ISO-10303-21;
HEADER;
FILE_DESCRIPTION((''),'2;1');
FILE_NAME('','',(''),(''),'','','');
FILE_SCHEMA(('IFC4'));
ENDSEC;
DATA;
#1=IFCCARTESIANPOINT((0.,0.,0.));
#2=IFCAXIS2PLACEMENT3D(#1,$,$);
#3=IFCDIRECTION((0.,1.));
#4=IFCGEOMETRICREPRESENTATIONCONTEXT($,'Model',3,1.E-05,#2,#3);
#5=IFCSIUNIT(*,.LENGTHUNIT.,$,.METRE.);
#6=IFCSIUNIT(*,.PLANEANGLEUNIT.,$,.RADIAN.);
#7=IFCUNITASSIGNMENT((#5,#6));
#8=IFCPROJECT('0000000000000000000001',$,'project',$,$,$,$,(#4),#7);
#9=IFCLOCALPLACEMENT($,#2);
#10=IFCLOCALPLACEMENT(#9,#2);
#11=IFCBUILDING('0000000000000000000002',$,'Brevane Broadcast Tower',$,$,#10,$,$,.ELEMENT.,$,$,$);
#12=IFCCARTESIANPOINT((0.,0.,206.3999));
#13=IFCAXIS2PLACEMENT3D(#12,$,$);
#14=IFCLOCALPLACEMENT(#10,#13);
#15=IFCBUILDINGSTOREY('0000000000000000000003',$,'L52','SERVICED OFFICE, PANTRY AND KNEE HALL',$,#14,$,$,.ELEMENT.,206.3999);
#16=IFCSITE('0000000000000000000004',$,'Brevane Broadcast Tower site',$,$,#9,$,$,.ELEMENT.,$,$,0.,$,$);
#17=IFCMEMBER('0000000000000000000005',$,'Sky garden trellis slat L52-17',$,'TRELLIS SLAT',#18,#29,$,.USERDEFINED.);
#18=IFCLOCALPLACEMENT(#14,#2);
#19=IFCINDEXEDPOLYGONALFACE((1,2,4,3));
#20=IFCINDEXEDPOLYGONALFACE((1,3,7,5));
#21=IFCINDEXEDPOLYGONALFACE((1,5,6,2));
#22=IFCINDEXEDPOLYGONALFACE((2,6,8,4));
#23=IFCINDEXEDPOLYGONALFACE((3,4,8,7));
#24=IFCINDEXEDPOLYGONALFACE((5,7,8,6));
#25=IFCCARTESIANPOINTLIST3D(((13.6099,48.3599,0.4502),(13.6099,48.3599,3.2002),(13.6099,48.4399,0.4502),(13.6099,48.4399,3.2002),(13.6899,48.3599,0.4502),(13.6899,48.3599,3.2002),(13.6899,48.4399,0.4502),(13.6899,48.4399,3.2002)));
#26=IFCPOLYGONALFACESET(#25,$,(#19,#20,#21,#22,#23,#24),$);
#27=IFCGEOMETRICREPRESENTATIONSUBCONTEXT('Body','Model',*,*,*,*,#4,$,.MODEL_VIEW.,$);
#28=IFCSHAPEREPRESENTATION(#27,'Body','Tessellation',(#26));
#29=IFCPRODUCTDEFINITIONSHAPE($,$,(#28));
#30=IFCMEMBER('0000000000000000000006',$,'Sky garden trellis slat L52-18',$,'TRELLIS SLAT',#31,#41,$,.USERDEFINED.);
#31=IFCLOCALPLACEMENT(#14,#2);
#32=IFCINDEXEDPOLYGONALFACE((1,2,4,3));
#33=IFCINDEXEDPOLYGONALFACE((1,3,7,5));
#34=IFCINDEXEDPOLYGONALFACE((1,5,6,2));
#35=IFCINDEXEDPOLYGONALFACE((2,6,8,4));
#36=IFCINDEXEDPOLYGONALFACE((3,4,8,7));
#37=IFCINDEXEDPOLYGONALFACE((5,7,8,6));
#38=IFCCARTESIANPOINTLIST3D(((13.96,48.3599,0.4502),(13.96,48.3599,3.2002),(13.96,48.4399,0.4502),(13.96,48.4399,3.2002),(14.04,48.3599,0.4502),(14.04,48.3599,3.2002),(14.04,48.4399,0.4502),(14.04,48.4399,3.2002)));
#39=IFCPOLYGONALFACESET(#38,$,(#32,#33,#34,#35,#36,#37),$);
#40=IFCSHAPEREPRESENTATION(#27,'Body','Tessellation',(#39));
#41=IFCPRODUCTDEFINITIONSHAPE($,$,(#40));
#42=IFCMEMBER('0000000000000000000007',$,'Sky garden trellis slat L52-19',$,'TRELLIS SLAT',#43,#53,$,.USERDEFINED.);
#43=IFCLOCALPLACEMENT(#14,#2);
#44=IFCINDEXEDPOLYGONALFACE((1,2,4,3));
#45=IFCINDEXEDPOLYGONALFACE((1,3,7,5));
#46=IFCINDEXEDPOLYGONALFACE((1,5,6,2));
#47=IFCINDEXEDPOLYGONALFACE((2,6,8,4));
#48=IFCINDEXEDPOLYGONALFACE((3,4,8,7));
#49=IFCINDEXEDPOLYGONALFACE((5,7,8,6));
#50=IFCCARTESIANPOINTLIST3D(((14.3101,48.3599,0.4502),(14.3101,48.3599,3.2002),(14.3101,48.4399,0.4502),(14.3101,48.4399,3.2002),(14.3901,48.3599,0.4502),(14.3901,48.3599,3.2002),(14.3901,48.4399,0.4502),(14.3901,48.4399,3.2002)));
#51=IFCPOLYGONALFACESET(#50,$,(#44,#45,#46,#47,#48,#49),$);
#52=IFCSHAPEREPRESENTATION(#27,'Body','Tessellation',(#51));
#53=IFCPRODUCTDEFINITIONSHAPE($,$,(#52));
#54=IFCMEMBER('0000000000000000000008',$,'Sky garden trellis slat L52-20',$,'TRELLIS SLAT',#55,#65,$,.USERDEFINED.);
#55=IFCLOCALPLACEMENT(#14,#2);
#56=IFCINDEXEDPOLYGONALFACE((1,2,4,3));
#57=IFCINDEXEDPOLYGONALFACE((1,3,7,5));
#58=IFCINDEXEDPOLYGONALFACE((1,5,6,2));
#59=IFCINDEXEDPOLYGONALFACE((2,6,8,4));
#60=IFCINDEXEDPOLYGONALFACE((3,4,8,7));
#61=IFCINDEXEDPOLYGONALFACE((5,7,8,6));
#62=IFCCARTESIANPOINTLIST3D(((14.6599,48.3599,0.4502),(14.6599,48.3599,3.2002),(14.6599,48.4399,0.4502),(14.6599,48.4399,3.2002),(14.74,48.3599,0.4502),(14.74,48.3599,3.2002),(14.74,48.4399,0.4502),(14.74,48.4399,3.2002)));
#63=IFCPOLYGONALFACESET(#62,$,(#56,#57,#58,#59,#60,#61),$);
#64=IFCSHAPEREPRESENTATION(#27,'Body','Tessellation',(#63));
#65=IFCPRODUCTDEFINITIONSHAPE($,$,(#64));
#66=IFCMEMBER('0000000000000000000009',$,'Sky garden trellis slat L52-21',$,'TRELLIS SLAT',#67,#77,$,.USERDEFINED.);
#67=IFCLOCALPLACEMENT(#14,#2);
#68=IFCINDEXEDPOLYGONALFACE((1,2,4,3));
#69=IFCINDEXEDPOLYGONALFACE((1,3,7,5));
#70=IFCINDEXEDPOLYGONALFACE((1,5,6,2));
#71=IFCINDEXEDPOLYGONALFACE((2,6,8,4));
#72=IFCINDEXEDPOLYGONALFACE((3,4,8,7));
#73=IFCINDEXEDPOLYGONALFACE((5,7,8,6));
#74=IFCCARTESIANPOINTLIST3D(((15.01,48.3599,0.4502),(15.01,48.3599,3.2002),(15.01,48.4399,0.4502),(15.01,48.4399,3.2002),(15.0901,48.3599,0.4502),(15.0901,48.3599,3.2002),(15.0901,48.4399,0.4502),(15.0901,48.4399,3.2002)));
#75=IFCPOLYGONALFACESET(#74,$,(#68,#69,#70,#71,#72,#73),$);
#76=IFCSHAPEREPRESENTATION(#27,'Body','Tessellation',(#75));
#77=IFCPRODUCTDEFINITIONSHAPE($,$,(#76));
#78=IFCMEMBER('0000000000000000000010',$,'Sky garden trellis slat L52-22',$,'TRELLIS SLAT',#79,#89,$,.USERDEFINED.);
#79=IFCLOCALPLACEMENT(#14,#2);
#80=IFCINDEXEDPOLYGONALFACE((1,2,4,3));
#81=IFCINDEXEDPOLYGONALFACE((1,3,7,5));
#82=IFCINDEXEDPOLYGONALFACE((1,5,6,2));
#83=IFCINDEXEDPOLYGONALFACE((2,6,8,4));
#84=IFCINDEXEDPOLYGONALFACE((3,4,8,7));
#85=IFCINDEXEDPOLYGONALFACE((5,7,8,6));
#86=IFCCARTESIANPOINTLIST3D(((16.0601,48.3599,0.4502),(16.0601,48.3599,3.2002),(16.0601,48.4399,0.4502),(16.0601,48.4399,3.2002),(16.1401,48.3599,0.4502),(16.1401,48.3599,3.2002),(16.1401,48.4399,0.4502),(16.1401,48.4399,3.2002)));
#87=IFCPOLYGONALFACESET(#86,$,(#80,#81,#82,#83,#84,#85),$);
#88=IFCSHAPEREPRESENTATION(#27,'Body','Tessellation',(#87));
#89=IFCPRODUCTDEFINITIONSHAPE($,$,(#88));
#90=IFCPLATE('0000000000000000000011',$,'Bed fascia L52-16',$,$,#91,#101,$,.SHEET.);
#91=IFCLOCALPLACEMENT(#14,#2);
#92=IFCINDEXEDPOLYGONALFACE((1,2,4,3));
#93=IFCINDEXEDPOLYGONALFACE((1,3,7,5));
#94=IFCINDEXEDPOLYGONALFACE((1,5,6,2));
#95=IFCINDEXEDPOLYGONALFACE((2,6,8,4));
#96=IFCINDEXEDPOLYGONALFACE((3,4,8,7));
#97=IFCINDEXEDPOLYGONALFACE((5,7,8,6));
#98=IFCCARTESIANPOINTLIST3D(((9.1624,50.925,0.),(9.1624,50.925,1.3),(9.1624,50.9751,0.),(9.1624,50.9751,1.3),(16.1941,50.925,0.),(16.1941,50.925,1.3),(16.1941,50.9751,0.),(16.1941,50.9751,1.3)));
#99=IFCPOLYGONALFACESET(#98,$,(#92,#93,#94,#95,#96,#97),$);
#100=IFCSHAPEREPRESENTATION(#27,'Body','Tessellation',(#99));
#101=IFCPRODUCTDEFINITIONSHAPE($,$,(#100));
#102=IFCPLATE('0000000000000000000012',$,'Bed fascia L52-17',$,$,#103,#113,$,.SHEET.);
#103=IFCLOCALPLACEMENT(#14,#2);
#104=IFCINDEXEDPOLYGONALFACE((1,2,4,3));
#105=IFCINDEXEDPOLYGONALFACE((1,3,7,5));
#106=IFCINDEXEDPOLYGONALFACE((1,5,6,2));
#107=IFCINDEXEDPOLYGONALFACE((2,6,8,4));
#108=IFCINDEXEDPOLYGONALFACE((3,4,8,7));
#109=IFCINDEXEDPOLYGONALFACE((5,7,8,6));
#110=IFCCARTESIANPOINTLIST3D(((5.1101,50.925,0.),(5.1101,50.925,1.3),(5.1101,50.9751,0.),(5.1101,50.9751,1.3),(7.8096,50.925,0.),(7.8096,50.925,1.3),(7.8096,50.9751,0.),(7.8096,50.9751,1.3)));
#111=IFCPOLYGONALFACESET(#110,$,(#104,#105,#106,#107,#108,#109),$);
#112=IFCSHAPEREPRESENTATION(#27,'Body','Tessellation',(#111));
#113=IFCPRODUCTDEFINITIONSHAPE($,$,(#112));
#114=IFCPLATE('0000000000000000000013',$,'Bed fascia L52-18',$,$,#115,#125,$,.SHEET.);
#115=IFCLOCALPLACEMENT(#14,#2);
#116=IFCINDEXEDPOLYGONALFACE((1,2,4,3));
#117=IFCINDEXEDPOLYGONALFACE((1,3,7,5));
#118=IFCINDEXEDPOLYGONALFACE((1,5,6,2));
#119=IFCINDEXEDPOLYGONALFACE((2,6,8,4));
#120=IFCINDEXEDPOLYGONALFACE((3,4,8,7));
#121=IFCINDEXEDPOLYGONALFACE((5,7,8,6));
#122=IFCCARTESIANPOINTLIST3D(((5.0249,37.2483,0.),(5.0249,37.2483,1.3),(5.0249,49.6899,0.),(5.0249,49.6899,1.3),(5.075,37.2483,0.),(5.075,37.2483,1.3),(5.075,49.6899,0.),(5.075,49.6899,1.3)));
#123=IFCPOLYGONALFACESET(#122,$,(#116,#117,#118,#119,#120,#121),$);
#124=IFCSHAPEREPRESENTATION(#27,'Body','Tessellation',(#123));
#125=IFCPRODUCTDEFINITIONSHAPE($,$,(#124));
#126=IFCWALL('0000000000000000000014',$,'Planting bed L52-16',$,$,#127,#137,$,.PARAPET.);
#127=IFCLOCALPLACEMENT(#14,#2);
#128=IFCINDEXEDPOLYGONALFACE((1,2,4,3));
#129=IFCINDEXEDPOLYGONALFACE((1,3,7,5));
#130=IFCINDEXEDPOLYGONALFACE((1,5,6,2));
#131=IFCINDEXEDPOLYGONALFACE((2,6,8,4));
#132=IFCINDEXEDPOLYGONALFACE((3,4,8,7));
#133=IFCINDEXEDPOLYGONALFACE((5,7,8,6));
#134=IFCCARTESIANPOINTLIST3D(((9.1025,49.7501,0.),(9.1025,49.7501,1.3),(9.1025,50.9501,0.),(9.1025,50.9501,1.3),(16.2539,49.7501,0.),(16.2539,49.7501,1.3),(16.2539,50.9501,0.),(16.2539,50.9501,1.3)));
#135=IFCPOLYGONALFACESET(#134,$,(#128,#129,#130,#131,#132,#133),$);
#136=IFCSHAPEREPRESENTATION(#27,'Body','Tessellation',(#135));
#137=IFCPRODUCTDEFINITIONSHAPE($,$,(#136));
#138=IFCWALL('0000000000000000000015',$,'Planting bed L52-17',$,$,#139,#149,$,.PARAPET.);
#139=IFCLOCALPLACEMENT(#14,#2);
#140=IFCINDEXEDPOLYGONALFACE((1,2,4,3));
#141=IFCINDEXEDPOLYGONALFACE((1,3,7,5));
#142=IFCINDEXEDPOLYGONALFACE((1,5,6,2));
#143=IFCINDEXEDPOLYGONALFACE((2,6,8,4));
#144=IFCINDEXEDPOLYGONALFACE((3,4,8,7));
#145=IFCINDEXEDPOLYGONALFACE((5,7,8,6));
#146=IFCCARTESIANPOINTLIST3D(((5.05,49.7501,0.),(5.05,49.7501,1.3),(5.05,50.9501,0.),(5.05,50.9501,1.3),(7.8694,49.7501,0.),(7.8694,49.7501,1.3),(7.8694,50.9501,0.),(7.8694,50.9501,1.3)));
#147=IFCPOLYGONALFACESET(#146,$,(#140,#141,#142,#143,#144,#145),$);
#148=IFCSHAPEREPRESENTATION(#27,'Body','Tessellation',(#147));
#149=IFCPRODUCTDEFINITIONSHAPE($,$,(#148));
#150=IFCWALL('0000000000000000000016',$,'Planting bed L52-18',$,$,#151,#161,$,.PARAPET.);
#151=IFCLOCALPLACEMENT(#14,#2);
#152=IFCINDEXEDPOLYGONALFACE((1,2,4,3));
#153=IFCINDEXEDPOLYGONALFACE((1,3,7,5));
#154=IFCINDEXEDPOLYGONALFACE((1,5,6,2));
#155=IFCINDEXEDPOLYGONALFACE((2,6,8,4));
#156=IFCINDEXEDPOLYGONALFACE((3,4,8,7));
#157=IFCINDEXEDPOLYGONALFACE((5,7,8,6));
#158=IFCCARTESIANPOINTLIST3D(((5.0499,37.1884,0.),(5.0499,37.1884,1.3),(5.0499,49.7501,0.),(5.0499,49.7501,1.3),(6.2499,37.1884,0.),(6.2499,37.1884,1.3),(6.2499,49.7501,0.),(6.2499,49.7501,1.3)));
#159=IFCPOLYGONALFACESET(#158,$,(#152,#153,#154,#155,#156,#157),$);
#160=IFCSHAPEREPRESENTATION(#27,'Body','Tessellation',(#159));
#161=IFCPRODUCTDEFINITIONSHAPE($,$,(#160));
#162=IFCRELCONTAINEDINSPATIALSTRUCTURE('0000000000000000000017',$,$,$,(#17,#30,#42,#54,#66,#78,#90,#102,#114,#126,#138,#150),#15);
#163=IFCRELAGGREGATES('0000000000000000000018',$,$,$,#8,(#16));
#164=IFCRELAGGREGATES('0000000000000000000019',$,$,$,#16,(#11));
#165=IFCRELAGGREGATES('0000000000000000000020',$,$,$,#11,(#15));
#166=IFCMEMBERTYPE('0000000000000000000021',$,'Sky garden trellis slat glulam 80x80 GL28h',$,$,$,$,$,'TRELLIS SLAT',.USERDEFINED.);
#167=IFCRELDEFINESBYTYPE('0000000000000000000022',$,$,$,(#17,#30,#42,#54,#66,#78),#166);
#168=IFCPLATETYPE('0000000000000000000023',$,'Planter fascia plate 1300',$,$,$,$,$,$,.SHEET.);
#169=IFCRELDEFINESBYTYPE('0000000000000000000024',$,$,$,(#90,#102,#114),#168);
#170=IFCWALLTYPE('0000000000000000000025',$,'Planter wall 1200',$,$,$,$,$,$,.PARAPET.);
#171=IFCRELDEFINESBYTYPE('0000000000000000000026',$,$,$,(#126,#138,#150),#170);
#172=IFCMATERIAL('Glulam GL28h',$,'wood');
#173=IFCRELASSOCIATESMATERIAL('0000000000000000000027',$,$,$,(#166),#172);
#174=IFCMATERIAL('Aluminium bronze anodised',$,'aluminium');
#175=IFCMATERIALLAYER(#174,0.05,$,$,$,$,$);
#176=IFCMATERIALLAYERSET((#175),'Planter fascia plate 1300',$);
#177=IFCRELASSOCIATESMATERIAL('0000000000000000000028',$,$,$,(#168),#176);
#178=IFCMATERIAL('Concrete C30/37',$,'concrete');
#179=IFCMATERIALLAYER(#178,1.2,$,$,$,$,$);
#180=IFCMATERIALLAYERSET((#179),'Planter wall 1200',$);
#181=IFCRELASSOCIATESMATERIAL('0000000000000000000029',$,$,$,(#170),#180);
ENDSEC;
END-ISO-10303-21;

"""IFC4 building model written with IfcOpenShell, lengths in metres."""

from ifc_helpers import new_model, si_unit, direction, frame, frame_2d, origin, origin_2d, place, context, subcontext, project, spatial, polyline, rectangle, outline, extrude, material, layer, layer_set, material_profile, profile_set, type_object, element, save


model = new_model("IFC4")

# Units and contexts
model_context = context("Model", 3, precision=1e-05, world=origin(), true_north=direction((0.0, 1.0)))
body_context = subcontext(model_context, "Body", "Model", "MODEL_VIEW")
ifc_project = project(units=[si_unit("LENGTHUNIT", "METRE"), si_unit("PLANEANGLEUNIT", "RADIAN")], contexts=[model_context])

# Site, building, storey
site_placement = place(None, origin())
site = spatial("IfcSite", under=ifc_project, at=site_placement, Name="Brevane Broadcast Tower site", CompositionType="ELEMENT", RefElevation=0.0)
building_placement = place(site_placement, origin())
building = spatial("IfcBuilding", under=site, at=building_placement, Name="Brevane Broadcast Tower", CompositionType="ELEMENT")
storey_placement = place(building_placement, frame((0.0, 0.0, 206.3999)))
storey = spatial("IfcBuildingStorey", under=building, at=storey_placement, Name="L52", Description="SERVICED OFFICE, PANTRY AND KNEE HALL", CompositionType="ELEMENT", Elevation=206.3999)

# Members
ifc_material_1 = material(Name="Glulam GL28h", Category="wood")
ifc_material_profile_1 = material_profile(ifc_material_1, rectangle(XDim=0.0801, YDim=0.0801, at=origin_2d()), Name="RECT 80x80")
ifc_profile_set_1 = profile_set([ifc_material_profile_1], Name="Glulam GL28h")
member_type_1 = type_object("IfcMemberType", Name="Sky garden trellis slat glulam 80x80 GL28h", ElementType="TRELLIS SLAT", PredefinedType="USERDEFINED", material=ifc_profile_set_1)
for number, where, z_axis, x_axis, name in (
    (1, (13.6499, 48.3999, 0.4502), (0.0, 0.0, 1.0), (1.0, 0.0, 0.0), "Sky garden trellis slat L52-17"),
    (2, (14.0, 48.3999, 0.4502), (0.0, 0.0, 1.0), (1.0, 0.0, 0.0), "Sky garden trellis slat L52-18"),
    (3, (14.3501, 48.3999, 0.4502), (0.0, 0.0, 1.0), (1.0, 0.0, 0.0), "Sky garden trellis slat L52-19"),
    (4, (14.7, 48.3999, 0.4502), (0.0, 0.0, 1.0), (1.0, 0.0, 0.0), "Sky garden trellis slat L52-20"),
    (5, (15.05, 48.3999, 0.4502), (0.0, 0.0, 1.0), (1.0, 0.0, 0.0), "Sky garden trellis slat L52-21"),
    (6, (16.1001, 48.3999, 0.4502), (0.0, 0.0, 1.0), (1.0, 0.0, 0.0), "Sky garden trellis slat L52-22"),
):
    element("IfcMember", number, at=place(storey_placement, frame(where, z_axis=z_axis, x_axis=x_axis)), inside=storey, type_object=member_type_1, Name=name, ObjectType="TRELLIS SLAT", PredefinedType="USERDEFINED", context=body_context, shape_type="SweptSolid", body=[
        extrude(rectangle(XDim=0.0801, YDim=0.0801, at=origin_2d()), origin(), (0.0, 0.0, 1.0), 2.75),
    ])

# Plates
ifc_material_2 = material(Name="Aluminium bronze anodised", Category="aluminium")
ifc_layer_1 = layer(ifc_material_2, 0.05)
ifc_layer_set_1 = layer_set([ifc_layer_1], Name="Planter fascia plate 1300")
plate_type = type_object("IfcPlateType", Name="Planter fascia plate 1300", PredefinedType="SHEET", material=ifc_layer_set_1)
plate_1_placement = place(storey_placement, frame((16.1941, 50.9751, 0.0), z_axis=(0.0, 1.0, 0.0), x_axis=(-1.0, 0.0, 0.0)))
element("IfcPlate", 7, at=plate_1_placement, inside=storey, type_object=plate_type, Name="Bed fascia L52-16", PredefinedType="SHEET", context=body_context, shape_type="SweptSolid", body=[
    extrude(outline(polyline([(0.0, 0.0), (7.0317, 0.0), (7.0317, 1.3), (0.0, 1.3), (0.0, 0.0)])), origin(), (0.0, 0.0, -1.0), 0.05),
])
plate_2_placement = place(storey_placement, frame((7.8096, 50.9751, 0.0), z_axis=(0.0, 1.0, 0.0), x_axis=(-1.0, 0.0, 0.0)))
element("IfcPlate", 8, at=plate_2_placement, inside=storey, type_object=plate_type, Name="Bed fascia L52-17", PredefinedType="SHEET", context=body_context, shape_type="SweptSolid", body=[
    extrude(outline(polyline([(0.0, 0.0), (2.6995, 0.0), (2.6995, 1.3), (0.0, 1.3), (0.0, 0.0)])), origin(), (0.0, 0.0, -1.0), 0.05),
])
plate_3_placement = place(storey_placement, frame((5.0249, 49.6899, 0.0), z_axis=(-1.0, 0.0, 0.0), x_axis=(0.0, -1.0, 0.0)))
element("IfcPlate", 9, at=plate_3_placement, inside=storey, type_object=plate_type, Name="Bed fascia L52-18", PredefinedType="SHEET", context=body_context, shape_type="SweptSolid", body=[
    extrude(outline(polyline([(0.0, 0.0), (12.4417, 0.0), (12.4417, 1.3), (0.0, 1.3), (0.0, 0.0)])), origin(), (0.0, 0.0, -1.0), 0.05),
])

# Walls
ifc_material_3 = material(Name="Concrete C30/37", Category="concrete")
ifc_layer_2 = layer(ifc_material_3, 1.2)
ifc_layer_set_2 = layer_set([ifc_layer_2], Name="Planter wall 1200")
wall_type = type_object("IfcWallType", Name="Planter wall 1200", PredefinedType="PARAPET", material=ifc_layer_set_2)
wall_1_placement = place(storey_placement, frame((16.2539, 50.3501, 0.0), z_axis=(0.0, 0.0, 1.0), x_axis=(-1.0, 0.0, 0.0)))
element("IfcWall", 10, at=wall_1_placement, inside=storey, type_object=wall_type, Name="Planting bed L52-16", PredefinedType="PARAPET", context=body_context, shape_type="SweptSolid", body=[
    extrude(rectangle(XDim=7.1514, YDim=1.2, at=frame_2d((3.5757, 0.0))), origin(), (0.0, 0.0, 1.0), 1.3),
])
wall_2_placement = place(storey_placement, frame((7.8694, 50.3501, 0.0), z_axis=(0.0, 0.0, 1.0), x_axis=(-1.0, 0.0, 0.0)))
element("IfcWall", 11, at=wall_2_placement, inside=storey, type_object=wall_type, Name="Planting bed L52-17", PredefinedType="PARAPET", context=body_context, shape_type="SweptSolid", body=[
    extrude(rectangle(XDim=2.8193, YDim=1.2, at=frame_2d((1.4097, 0.0))), origin(), (0.0, 0.0, 1.0), 1.3),
])
wall_3_placement = place(storey_placement, frame((5.6499, 49.75, 0.0), z_axis=(0.0, 0.0, 1.0), x_axis=(0.0, -1.0, 0.0)))
element("IfcWall", 12, at=wall_3_placement, inside=storey, type_object=wall_type, Name="Planting bed L52-18", PredefinedType="PARAPET", context=body_context, shape_type="SweptSolid", body=[
    extrude(rectangle(XDim=12.5618, YDim=1.2, at=frame_2d((6.2808, 0.0))), origin(), (0.0, 0.0, 1.0), 1.3),
])

save(model, "model.ifc")
